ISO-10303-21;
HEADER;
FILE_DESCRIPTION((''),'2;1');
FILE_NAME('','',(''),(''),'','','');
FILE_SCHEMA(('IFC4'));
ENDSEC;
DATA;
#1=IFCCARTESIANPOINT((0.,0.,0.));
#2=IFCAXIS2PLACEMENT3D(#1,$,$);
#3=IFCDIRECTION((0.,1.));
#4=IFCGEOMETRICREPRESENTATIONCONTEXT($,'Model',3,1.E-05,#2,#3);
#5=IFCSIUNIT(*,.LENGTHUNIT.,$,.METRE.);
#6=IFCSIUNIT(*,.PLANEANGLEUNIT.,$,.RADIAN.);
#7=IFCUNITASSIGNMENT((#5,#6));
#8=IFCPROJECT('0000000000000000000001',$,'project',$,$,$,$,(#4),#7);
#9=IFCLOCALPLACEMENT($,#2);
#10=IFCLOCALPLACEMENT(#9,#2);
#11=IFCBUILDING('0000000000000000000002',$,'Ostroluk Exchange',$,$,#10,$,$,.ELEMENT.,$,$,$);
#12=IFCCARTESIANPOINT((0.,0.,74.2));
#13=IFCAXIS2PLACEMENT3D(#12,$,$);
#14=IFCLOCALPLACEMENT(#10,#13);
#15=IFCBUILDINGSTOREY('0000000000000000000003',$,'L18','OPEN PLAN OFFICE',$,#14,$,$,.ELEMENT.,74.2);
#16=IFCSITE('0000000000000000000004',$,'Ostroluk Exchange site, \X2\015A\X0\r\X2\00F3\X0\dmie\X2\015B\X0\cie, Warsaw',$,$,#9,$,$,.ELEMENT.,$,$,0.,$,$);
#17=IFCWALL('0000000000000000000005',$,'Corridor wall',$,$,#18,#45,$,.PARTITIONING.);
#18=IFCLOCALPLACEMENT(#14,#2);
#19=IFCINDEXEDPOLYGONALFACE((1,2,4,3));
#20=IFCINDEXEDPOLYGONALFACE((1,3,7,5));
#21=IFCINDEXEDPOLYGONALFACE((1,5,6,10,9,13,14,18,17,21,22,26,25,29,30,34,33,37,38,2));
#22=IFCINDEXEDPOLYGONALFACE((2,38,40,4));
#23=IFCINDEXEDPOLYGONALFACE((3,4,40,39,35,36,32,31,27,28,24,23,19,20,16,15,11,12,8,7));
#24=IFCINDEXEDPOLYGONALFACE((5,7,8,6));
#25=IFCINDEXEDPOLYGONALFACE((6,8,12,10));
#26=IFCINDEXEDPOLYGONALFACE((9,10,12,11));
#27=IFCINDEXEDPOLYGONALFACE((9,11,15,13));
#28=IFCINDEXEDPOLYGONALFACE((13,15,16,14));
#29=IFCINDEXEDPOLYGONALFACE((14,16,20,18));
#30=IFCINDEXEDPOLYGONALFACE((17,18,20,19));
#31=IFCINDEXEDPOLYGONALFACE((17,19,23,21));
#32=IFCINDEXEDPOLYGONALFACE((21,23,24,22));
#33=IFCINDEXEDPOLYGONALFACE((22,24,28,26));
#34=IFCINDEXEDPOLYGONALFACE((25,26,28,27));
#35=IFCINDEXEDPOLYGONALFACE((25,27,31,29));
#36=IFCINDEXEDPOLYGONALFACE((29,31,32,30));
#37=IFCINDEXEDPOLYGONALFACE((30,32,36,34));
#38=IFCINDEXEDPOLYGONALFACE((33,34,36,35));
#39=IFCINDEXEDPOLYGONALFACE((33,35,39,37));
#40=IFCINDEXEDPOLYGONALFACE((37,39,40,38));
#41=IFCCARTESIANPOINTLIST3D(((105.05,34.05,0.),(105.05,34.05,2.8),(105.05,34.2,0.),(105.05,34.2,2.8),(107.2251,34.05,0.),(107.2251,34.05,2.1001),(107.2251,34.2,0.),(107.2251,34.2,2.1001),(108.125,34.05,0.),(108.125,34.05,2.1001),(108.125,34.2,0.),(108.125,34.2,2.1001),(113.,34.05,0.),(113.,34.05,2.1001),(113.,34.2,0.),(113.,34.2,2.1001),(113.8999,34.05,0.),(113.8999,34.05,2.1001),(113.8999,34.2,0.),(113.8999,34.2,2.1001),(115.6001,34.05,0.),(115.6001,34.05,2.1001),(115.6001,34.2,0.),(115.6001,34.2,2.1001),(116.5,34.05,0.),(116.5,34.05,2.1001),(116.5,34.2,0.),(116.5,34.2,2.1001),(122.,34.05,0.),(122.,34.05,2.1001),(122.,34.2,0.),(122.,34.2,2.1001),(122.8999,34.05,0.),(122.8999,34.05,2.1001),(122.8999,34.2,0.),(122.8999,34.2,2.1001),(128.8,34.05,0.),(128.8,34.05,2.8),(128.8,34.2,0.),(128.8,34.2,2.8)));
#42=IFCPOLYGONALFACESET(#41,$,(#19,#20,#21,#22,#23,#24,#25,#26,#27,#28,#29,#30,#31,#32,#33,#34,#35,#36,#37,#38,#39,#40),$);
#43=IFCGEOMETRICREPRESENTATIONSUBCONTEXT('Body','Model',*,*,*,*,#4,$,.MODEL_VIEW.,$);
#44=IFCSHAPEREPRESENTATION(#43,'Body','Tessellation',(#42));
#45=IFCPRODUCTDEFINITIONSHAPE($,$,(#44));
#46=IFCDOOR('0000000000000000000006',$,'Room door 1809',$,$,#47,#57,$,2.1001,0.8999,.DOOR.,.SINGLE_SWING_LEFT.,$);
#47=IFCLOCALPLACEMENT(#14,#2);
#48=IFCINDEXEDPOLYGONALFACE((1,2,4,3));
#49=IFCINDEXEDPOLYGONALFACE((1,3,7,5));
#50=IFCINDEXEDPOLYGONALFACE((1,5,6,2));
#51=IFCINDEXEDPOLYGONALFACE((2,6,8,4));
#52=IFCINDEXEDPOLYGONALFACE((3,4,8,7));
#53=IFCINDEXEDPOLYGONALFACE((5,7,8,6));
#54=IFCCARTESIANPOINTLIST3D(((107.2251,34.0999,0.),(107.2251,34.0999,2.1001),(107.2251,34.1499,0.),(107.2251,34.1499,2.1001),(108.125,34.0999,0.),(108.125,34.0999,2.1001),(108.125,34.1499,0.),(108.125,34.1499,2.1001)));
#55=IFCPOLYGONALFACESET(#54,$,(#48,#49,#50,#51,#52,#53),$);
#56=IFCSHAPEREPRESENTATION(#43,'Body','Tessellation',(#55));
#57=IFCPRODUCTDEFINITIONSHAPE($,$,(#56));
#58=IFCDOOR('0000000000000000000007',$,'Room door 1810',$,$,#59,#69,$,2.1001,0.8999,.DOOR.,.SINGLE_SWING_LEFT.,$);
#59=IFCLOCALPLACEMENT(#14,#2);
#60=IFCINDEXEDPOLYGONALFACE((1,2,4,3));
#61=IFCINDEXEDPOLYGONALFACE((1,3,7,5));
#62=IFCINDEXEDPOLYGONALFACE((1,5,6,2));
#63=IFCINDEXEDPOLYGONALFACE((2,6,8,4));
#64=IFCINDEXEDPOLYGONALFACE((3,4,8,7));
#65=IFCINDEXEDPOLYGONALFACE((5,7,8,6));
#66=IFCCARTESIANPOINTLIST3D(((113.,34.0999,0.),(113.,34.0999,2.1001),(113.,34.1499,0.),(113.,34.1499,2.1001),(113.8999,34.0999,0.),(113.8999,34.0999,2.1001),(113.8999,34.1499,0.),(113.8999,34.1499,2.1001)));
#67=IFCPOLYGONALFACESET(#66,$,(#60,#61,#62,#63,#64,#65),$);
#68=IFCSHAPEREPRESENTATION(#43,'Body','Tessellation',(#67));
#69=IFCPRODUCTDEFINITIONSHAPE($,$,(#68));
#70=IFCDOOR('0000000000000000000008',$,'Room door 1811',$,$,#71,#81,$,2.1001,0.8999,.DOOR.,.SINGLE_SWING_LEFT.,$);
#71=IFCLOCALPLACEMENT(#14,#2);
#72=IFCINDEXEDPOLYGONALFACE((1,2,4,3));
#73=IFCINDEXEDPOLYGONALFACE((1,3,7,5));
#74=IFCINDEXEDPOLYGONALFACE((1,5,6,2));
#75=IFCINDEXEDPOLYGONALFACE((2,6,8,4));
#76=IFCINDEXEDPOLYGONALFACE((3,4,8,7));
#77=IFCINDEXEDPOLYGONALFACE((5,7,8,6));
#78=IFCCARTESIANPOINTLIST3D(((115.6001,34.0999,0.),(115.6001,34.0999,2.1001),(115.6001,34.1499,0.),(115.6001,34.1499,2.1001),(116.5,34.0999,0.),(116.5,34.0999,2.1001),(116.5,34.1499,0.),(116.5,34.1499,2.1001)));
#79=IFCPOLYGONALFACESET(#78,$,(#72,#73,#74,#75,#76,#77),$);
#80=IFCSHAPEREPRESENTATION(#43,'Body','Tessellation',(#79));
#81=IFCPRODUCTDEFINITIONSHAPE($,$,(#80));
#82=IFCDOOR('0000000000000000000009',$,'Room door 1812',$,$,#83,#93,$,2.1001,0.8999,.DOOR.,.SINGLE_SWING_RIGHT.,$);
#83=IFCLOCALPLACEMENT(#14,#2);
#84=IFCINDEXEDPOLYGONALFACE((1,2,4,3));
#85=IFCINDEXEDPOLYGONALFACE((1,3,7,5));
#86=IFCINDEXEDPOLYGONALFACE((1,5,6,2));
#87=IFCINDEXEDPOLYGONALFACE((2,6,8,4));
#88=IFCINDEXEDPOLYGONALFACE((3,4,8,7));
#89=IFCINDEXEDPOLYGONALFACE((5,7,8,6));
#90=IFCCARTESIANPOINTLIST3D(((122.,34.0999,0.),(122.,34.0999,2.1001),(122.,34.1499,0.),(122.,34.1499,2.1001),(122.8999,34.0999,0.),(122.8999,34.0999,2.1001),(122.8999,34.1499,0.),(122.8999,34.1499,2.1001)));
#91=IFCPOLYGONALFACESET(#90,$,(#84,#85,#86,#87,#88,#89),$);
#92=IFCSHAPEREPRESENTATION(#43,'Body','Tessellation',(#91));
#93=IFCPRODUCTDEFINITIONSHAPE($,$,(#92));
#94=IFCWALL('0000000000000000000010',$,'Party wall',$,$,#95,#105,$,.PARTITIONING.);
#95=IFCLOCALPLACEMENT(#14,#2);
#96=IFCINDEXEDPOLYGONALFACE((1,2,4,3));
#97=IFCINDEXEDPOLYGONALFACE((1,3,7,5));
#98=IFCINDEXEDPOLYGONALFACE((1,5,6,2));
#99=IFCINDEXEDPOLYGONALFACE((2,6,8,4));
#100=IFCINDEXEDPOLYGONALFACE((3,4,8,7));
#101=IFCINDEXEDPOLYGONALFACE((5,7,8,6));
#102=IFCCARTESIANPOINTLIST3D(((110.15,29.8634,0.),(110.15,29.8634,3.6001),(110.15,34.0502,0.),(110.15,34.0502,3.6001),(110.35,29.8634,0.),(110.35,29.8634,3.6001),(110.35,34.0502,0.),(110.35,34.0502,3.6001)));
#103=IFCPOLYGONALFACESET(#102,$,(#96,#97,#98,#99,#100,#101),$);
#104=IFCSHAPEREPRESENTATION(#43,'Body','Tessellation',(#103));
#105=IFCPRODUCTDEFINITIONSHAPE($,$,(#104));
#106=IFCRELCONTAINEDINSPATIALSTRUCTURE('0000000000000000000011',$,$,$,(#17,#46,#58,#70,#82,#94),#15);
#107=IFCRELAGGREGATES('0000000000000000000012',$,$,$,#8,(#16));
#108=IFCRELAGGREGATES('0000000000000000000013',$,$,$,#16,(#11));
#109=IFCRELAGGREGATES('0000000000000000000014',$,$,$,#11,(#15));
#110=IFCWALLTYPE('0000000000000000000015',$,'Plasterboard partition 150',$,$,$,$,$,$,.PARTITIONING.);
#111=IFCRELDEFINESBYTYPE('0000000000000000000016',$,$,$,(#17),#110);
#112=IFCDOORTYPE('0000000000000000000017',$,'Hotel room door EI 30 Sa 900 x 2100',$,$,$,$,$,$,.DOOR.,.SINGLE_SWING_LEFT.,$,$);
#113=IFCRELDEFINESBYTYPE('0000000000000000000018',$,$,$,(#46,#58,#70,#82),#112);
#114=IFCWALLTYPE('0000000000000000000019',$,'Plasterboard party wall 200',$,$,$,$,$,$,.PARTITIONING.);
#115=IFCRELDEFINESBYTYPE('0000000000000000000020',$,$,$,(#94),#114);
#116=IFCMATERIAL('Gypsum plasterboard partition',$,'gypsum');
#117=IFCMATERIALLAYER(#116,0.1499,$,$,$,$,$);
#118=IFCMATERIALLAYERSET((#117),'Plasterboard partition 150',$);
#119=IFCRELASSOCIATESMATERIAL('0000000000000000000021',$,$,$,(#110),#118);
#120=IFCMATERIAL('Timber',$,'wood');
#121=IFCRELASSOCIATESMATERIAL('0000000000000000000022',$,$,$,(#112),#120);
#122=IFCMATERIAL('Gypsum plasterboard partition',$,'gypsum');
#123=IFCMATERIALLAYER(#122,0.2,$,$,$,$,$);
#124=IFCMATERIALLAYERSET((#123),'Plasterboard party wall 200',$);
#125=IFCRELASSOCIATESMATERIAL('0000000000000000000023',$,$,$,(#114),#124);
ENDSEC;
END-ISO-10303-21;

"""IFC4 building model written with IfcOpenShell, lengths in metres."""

from ifc_helpers import new_model, si_unit, direction, frame, frame_2d, origin, place, context, subcontext, project, spatial, rectangle, extrude, material, layer, layer_set, type_object, element, fill, save


model = new_model("IFC4")

# Units and contexts
model_context = context("Model", 3, precision=1e-05, world=origin(), true_north=direction((0.0, 1.0)))
body_context = subcontext(model_context, "Body", "Model", "MODEL_VIEW")
ifc_project = project(units=[si_unit("LENGTHUNIT", "METRE"), si_unit("PLANEANGLEUNIT", "RADIAN")], contexts=[model_context])

# Site, building, storey
site_placement = place(None, origin())
site = spatial("IfcSite", under=ifc_project, at=site_placement, Name="Ostroluk Exchange site, Śródmieście, Warsaw", CompositionType="ELEMENT", RefElevation=0.0)
building_placement = place(site_placement, origin())
building = spatial("IfcBuilding", under=site, at=building_placement, Name="Ostroluk Exchange", CompositionType="ELEMENT")
storey_placement = place(building_placement, frame((0.0, 0.0, 74.2)))
storey = spatial("IfcBuildingStorey", under=building, at=storey_placement, Name="L18", Description="OPEN PLAN OFFICE", CompositionType="ELEMENT", Elevation=74.2)

# Wall, openings, doors
ifc_material_1 = material(Name="Gypsum plasterboard partition", Category="gypsum")
ifc_layer_1 = layer(ifc_material_1, 0.1499)
ifc_layer_set_1 = layer_set([ifc_layer_1], Name="Plasterboard partition 150")
wall_type_1 = type_object("IfcWallType", Name="Plasterboard partition 150", PredefinedType="PARTITIONING", material=ifc_layer_set_1)
wall_1_placement = place(storey_placement, frame((105.05, 34.125, 0.0), z_axis=(0.0, 0.0, 1.0), x_axis=(1.0, 0.0, 0.0)))
wall_1 = element("IfcWall", 1, at=wall_1_placement, inside=storey, type_object=wall_type_1, Name="Corridor wall", PredefinedType="PARTITIONING", context=body_context, shape_type="SweptSolid", body=[
    extrude(rectangle(XDim=23.75, YDim=0.1499, at=frame_2d((11.875, 0.0))), origin(), (0.0, 0.0, 1.0), 2.8),
])
opening_1_placement = place(wall_1_placement, frame((2.175, 0.0, 0.0)))
opening_1 = element("IfcOpeningElement", 2, at=opening_1_placement, cuts=wall_1, PredefinedType="OPENING", context=body_context, shape_type="SweptSolid", body=[
    extrude(rectangle(XDim=0.8999, YDim=2.1001, at=frame_2d((0.45, 1.05))), frame((0.0, 0.085, 0.0), z_axis=(0.0, -1.0, 0.0), x_axis=(1.0, 0.0, 0.0)), (0.0, 0.0, 1.0), 0.1699),
])
opening_2_placement = place(wall_1_placement, frame((7.95, 0.0, 0.0)))
opening_2 = element("IfcOpeningElement", 3, at=opening_2_placement, cuts=wall_1, PredefinedType="OPENING", context=body_context, shape_type="SweptSolid", body=[
    extrude(rectangle(XDim=0.8999, YDim=2.1001, at=frame_2d((0.45, 1.05))), frame((0.0, 0.085, 0.0), z_axis=(0.0, -1.0, 0.0), x_axis=(1.0, 0.0, 0.0)), (0.0, 0.0, 1.0), 0.1699),
])
opening_3_placement = place(wall_1_placement, frame((10.55, 0.0, 0.0)))
opening_3 = element("IfcOpeningElement", 4, at=opening_3_placement, cuts=wall_1, PredefinedType="OPENING", context=body_context, shape_type="SweptSolid", body=[
    extrude(rectangle(XDim=0.8999, YDim=2.1001, at=frame_2d((0.45, 1.05))), frame((0.0, 0.085, 0.0), z_axis=(0.0, -1.0, 0.0), x_axis=(1.0, 0.0, 0.0)), (0.0, 0.0, 1.0), 0.1699),
])
opening_4_placement = place(wall_1_placement, frame((16.95, 0.0, 0.0)))
opening_4 = element("IfcOpeningElement", 5, at=opening_4_placement, cuts=wall_1, PredefinedType="OPENING", context=body_context, shape_type="SweptSolid", body=[
    extrude(rectangle(XDim=0.8999, YDim=2.1001, at=frame_2d((0.45, 1.05))), frame((0.0, 0.085, 0.0), z_axis=(0.0, -1.0, 0.0), x_axis=(1.0, 0.0, 0.0)), (0.0, 0.0, 1.0), 0.1699),
])
ifc_material_2 = material(Name="Timber", Category="wood")
door_type_1 = type_object("IfcDoorType", Name="Hotel room door EI 30 Sa 900 x 2100", OperationType="SINGLE_SWING_LEFT", PredefinedType="DOOR", material=ifc_material_2)
door_1_placement = place(opening_1_placement, origin())
door_1 = element("IfcDoor", 6, at=door_1_placement, inside=storey, type_object=door_type_1, Name="Room door 1809", OperationType="SINGLE_SWING_LEFT", OverallHeight=2.1001, OverallWidth=0.8999, PredefinedType="DOOR", context=body_context, shape_type="SweptSolid", body=[
    extrude(rectangle(XDim=0.8999, YDim=2.1001, at=frame_2d((0.45, 1.05))), frame((0.0, 0.0249, 0.0), z_axis=(0.0, -1.0, 0.0), x_axis=(1.0, 0.0, 0.0)), (0.0, 0.0, 1.0), 0.05),
])
fill(opening_1, door_1)
door_2_placement = place(opening_2_placement, origin())
door_2 = element("IfcDoor", 7, at=door_2_placement, inside=storey, type_object=door_type_1, Name="Room door 1810", OperationType="SINGLE_SWING_LEFT", OverallHeight=2.1001, OverallWidth=0.8999, PredefinedType="DOOR", context=body_context, shape_type="SweptSolid", body=[
    extrude(rectangle(XDim=0.8999, YDim=2.1001, at=frame_2d((0.45, 1.05))), frame((0.0, 0.0249, 0.0), z_axis=(0.0, -1.0, 0.0), x_axis=(1.0, 0.0, 0.0)), (0.0, 0.0, 1.0), 0.05),
])
fill(opening_2, door_2)
door_3_placement = place(opening_3_placement, origin())
door_3 = element("IfcDoor", 8, at=door_3_placement, inside=storey, type_object=door_type_1, Name="Room door 1811", OperationType="SINGLE_SWING_LEFT", OverallHeight=2.1001, OverallWidth=0.8999, PredefinedType="DOOR", context=body_context, shape_type="SweptSolid", body=[
    extrude(rectangle(XDim=0.8999, YDim=2.1001, at=frame_2d((0.45, 1.05))), frame((0.0, 0.0249, 0.0), z_axis=(0.0, -1.0, 0.0), x_axis=(1.0, 0.0, 0.0)), (0.0, 0.0, 1.0), 0.05),
])
fill(opening_3, door_3)
door_4_placement = place(opening_4_placement, origin())
door_4 = element("IfcDoor", 9, at=door_4_placement, inside=storey, type_object=door_type_1, Name="Room door 1812", OperationType="SINGLE_SWING_RIGHT", OverallHeight=2.1001, OverallWidth=0.8999, PredefinedType="DOOR", context=body_context, shape_type="SweptSolid", body=[
    extrude(rectangle(XDim=0.8999, YDim=2.1001, at=frame_2d((0.45, 1.05))), frame((0.0, 0.0249, 0.0), z_axis=(0.0, -1.0, 0.0), x_axis=(1.0, 0.0, 0.0)), (0.0, 0.0, 1.0), 0.05),
])
fill(opening_4, door_4)

# Wall
ifc_material_3 = material(Name="Gypsum plasterboard partition", Category="gypsum")
ifc_layer_2 = layer(ifc_material_3, 0.2)
ifc_layer_set_2 = layer_set([ifc_layer_2], Name="Plasterboard party wall 200")
wall_type_2 = type_object("IfcWallType", Name="Plasterboard party wall 200", PredefinedType="PARTITIONING", material=ifc_layer_set_2)
wall_2_placement = place(storey_placement, frame((110.25, 34.05, 0.0), z_axis=(0.0, 0.0, 1.0), x_axis=(0.0, -1.0, 0.0)))
element("IfcWall", 10, at=wall_2_placement, inside=storey, type_object=wall_type_2, Name="Party wall", PredefinedType="PARTITIONING", context=body_context, shape_type="SweptSolid", body=[
    extrude(rectangle(XDim=4.1868, YDim=0.2, at=frame_2d((2.0933, 0.0))), origin(), (0.0, 0.0, 1.0), 3.6001),
])

save(model, "model.ifc")
